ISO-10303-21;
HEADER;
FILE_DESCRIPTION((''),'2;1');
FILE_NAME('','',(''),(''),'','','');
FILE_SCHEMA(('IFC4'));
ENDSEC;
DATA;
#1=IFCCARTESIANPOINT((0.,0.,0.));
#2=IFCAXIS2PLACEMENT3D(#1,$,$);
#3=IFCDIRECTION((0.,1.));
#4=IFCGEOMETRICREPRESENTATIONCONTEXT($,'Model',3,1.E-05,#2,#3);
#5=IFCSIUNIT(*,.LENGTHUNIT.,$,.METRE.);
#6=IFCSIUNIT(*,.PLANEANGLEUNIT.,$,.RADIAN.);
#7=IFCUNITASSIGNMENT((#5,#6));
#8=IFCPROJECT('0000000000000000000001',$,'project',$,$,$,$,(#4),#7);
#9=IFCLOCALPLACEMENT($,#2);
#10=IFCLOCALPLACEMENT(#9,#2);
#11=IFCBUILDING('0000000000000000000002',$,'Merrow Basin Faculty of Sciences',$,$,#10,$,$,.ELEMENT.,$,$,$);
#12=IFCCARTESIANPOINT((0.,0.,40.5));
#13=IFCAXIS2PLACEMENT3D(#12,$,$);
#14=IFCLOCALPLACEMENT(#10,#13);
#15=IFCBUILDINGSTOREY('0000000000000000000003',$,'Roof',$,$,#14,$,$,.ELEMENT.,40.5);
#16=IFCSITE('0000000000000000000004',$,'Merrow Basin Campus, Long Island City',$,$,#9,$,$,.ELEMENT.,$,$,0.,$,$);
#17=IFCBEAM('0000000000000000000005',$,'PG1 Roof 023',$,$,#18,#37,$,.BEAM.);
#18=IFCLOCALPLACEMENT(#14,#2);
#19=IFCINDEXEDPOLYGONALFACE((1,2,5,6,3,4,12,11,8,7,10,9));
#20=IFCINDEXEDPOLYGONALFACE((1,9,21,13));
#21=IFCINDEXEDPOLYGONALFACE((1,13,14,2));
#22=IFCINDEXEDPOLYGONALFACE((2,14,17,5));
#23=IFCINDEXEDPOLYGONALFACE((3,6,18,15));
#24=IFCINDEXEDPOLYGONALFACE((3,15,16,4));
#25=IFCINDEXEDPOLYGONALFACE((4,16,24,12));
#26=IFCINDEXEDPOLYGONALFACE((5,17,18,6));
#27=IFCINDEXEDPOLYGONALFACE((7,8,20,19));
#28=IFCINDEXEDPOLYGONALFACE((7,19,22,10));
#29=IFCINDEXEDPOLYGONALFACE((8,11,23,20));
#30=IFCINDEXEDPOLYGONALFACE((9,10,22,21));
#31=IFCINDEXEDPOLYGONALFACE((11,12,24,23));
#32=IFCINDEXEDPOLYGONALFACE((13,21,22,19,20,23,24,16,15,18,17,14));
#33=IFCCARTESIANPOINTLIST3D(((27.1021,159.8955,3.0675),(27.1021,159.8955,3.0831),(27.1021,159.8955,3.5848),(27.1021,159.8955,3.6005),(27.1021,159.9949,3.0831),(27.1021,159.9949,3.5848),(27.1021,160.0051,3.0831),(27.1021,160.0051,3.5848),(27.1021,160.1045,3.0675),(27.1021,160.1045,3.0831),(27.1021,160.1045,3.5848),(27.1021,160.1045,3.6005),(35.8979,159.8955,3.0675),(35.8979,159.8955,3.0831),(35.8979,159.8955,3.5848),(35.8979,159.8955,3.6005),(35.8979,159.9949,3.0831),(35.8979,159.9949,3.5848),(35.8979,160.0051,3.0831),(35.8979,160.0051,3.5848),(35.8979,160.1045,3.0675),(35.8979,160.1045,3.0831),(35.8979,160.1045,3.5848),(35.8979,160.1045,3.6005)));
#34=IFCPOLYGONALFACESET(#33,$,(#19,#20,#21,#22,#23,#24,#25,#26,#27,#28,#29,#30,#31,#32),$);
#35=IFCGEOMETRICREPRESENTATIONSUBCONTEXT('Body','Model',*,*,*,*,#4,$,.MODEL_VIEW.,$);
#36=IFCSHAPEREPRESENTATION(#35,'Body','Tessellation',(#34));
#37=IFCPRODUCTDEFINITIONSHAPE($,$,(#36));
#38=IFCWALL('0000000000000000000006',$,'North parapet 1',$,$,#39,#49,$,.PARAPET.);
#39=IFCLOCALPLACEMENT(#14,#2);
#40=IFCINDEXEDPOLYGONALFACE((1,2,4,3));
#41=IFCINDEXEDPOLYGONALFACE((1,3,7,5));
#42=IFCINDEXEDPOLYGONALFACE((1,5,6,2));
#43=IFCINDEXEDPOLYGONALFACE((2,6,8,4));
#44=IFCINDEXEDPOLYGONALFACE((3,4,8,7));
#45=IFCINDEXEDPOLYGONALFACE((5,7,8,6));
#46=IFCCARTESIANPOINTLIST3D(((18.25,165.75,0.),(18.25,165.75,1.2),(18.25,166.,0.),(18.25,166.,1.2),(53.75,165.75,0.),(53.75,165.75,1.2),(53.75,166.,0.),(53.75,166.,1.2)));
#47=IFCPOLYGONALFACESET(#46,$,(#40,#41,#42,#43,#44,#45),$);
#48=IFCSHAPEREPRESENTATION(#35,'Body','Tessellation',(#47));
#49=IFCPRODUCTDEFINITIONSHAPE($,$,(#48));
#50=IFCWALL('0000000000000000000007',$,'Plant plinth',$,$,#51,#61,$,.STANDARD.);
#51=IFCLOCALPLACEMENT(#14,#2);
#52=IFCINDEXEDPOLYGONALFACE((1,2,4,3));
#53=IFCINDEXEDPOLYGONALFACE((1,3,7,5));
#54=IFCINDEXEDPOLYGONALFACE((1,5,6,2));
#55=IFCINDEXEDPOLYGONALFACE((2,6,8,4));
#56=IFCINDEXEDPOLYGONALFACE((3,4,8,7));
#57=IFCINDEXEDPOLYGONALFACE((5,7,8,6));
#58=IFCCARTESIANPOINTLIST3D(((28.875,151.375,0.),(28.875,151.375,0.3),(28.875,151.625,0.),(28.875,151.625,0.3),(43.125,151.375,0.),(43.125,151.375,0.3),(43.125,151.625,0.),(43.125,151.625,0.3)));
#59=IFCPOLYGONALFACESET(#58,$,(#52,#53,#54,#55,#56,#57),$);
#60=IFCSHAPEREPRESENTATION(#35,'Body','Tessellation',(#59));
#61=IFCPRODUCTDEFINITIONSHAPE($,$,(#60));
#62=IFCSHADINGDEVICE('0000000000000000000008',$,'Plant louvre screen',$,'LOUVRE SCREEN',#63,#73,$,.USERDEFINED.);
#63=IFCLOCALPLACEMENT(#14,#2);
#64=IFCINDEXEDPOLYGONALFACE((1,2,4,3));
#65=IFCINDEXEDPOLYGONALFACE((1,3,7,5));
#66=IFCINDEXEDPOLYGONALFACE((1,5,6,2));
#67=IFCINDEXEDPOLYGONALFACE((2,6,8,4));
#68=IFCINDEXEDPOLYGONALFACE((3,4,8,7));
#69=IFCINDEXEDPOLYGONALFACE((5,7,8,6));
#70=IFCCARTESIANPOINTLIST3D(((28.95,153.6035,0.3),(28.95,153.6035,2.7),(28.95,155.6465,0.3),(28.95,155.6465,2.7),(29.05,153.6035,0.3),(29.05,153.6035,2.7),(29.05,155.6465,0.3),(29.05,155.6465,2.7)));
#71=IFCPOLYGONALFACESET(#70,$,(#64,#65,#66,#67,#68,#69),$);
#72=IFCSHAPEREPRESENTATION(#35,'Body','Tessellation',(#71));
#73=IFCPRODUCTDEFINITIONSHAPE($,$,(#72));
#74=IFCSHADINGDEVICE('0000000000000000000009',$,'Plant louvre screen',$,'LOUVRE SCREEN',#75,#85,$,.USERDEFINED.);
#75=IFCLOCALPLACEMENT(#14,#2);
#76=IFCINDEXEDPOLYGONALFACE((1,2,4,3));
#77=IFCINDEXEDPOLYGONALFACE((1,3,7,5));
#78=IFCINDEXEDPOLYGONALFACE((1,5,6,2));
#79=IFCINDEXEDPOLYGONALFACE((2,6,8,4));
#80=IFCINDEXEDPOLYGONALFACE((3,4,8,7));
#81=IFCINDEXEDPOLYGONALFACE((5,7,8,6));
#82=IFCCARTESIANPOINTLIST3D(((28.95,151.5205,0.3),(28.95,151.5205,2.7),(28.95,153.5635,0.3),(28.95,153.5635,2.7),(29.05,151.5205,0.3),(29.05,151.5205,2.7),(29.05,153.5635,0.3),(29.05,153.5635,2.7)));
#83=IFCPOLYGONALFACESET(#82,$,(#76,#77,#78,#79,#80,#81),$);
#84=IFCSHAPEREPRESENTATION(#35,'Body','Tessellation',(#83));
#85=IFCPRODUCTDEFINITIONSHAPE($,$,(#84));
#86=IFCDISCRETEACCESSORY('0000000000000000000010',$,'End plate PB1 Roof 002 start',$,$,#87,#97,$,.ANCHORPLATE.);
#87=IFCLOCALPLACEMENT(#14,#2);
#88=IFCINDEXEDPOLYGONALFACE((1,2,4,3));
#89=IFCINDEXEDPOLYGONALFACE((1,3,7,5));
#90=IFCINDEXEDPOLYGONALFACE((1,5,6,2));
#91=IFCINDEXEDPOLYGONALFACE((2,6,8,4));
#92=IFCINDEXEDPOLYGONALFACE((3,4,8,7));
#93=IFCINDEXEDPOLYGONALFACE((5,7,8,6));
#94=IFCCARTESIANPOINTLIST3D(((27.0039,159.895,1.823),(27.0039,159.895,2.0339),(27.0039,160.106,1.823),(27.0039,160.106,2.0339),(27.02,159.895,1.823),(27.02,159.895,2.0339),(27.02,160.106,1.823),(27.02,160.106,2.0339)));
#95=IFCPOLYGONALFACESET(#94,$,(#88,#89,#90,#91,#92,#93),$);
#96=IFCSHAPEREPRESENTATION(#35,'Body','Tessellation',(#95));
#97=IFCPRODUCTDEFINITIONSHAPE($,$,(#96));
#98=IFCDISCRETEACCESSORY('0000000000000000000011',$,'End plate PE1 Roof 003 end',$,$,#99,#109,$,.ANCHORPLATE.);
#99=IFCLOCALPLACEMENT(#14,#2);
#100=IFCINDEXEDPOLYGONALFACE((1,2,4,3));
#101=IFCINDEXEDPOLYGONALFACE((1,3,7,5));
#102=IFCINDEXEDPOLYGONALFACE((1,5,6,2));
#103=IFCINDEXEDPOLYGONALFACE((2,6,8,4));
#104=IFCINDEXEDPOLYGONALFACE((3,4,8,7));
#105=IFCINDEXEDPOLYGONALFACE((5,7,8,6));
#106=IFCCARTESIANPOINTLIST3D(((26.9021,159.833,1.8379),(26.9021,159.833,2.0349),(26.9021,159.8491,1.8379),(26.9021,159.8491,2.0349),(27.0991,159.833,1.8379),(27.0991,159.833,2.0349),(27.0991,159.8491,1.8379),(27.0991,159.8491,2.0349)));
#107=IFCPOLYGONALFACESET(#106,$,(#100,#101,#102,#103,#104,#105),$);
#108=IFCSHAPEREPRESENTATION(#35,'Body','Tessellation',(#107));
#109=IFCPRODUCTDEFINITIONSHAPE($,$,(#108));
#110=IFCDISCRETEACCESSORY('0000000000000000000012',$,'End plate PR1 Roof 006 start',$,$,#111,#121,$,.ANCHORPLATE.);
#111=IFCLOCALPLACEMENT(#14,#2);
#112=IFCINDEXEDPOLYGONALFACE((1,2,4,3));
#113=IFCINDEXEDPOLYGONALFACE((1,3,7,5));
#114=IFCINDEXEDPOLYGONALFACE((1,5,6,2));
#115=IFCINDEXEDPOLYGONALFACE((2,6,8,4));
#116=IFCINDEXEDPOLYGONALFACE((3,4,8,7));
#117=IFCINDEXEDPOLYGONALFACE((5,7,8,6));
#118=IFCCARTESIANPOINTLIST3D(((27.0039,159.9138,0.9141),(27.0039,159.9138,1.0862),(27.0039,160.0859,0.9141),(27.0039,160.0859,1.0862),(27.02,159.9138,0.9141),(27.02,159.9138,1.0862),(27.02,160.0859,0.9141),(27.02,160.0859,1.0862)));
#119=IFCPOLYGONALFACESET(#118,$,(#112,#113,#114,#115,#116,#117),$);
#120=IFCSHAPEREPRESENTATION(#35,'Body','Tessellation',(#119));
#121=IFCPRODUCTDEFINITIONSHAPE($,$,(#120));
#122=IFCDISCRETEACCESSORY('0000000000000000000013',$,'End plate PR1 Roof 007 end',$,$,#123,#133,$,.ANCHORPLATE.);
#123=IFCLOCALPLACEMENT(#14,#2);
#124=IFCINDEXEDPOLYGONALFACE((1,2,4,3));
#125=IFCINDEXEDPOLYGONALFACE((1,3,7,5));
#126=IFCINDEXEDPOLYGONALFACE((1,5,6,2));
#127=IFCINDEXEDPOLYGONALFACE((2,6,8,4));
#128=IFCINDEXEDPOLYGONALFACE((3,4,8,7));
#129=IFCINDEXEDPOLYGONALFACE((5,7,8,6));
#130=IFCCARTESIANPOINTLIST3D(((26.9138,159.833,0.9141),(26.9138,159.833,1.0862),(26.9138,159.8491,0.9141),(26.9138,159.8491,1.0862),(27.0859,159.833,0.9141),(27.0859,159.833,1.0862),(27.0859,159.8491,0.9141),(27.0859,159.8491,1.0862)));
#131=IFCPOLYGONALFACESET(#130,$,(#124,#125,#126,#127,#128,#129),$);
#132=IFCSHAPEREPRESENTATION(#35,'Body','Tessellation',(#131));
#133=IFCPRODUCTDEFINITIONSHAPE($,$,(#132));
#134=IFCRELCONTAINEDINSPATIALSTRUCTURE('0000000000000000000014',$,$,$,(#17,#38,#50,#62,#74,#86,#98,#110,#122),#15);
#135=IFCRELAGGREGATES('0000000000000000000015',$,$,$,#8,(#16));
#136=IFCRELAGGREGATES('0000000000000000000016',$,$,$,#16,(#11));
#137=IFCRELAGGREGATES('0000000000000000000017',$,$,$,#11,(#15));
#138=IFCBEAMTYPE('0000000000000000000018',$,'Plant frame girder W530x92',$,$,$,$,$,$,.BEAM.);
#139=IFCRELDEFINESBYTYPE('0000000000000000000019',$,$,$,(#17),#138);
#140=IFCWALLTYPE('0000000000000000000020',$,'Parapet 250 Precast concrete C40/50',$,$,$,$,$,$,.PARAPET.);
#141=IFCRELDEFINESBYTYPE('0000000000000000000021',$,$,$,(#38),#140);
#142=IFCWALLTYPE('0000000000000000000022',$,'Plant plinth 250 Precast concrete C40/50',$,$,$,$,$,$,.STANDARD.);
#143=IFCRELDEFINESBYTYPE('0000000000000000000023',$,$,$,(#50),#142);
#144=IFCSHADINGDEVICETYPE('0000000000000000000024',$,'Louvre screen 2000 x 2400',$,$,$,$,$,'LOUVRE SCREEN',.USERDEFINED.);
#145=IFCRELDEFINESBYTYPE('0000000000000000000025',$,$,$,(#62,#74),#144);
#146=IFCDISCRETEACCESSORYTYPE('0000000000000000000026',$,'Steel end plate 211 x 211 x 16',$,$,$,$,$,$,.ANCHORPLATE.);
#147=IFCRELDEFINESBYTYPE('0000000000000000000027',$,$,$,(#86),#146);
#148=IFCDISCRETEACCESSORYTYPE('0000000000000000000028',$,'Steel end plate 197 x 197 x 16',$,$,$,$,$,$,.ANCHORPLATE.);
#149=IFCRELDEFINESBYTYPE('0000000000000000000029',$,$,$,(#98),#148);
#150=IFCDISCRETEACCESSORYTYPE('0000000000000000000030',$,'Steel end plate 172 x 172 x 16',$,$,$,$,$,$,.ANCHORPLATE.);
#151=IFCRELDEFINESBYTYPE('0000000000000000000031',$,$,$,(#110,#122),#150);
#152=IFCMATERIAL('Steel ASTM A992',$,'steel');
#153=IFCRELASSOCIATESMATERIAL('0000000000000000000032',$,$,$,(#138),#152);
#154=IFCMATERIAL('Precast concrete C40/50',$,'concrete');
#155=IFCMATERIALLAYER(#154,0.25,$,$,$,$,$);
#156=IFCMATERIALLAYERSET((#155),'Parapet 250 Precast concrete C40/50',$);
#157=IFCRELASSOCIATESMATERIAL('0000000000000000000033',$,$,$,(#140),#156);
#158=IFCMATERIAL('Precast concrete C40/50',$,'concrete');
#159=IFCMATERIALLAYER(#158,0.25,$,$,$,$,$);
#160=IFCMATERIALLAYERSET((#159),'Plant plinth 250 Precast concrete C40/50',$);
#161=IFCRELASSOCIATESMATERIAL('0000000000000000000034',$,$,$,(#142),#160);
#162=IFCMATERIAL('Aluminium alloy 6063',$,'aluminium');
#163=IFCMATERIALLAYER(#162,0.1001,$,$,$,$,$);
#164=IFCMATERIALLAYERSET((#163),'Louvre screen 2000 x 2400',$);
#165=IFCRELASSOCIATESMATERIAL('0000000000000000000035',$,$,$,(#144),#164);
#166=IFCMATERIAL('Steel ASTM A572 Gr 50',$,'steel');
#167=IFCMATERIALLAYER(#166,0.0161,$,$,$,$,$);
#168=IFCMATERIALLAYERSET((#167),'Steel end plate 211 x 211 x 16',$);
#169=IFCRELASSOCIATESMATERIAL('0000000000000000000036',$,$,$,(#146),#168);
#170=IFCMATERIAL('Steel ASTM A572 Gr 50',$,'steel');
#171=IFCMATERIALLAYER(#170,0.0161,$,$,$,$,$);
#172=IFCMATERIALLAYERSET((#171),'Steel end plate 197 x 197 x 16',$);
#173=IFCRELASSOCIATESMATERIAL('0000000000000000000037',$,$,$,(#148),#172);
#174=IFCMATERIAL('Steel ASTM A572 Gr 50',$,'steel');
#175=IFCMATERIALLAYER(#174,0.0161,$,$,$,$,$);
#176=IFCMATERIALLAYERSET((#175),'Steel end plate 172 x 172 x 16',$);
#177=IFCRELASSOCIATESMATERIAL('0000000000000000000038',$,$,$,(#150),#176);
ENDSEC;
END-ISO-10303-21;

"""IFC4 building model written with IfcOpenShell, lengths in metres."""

from ifc_helpers import new_model, si_unit, direction, frame, frame_2d, origin, origin_2d, place, context, subcontext, project, spatial, polyline, rectangle, i_section, outline, extrude, source, transform, mapped, material, layer, layer_set, material_profile, profile_set, type_object, element, save


model = new_model("IFC4")

# Units and contexts
model_context = context("Model", 3, precision=1e-05, world=origin(), true_north=direction((0.0, 1.0)))
body_context = subcontext(model_context, "Body", "Model", "MODEL_VIEW")
ifc_project = project(units=[si_unit("LENGTHUNIT", "METRE"), si_unit("PLANEANGLEUNIT", "RADIAN")], contexts=[model_context])

# Site, building, storey
site_placement = place(None, origin())
site = spatial("IfcSite", under=ifc_project, at=site_placement, Name="Merrow Basin Campus, Long Island City", CompositionType="ELEMENT", RefElevation=0.0)
building_placement = place(site_placement, origin())
building = spatial("IfcBuilding", under=site, at=building_placement, Name="Merrow Basin Faculty of Sciences", CompositionType="ELEMENT")
storey_placement = place(building_placement, frame((0.0, 0.0, 40.5)))
storey = spatial("IfcBuildingStorey", under=building, at=storey_placement, Name="Roof", CompositionType="ELEMENT", Elevation=40.5)

# Beam
ifc_material_1 = material(Name="Steel ASTM A992", Category="steel")
ifc_material_profile_1 = material_profile(ifc_material_1, i_section(OverallWidth=0.209, OverallDepth=0.533, WebThickness=0.0103, FlangeThickness=0.0156, at=origin_2d()))
ifc_profile_set_1 = profile_set([ifc_material_profile_1], Name="Steel ASTM A992")
beam_type_1 = type_object("IfcBeamType", Name="Plant frame girder W530x92", PredefinedType="BEAM", material=ifc_profile_set_1)
beam_1_placement = place(storey_placement, frame((27.1021, 160.0, 3.334), z_axis=(1.0, 0.0, 0.0), x_axis=(0.0, 1.0, 0.0)))
element("IfcBeam", 1, at=beam_1_placement, inside=storey, type_object=beam_type_1, Name="PG1 Roof 023", PredefinedType="BEAM", context=body_context, shape_type="SweptSolid", body=[
    extrude(i_section(OverallWidth=0.209, OverallDepth=0.533, WebThickness=0.0103, FlangeThickness=0.0156, at=origin_2d()), origin(), (0.0, 0.0, 1.0), 8.7959),
])

# Walls
ifc_material_2 = material(Name="Precast concrete C40/50", Category="concrete")
ifc_layer_1 = layer(ifc_material_2, 0.25)
ifc_layer_set_1 = layer_set([ifc_layer_1], Name="Parapet 250 Precast concrete C40/50")
wall_type_1 = type_object("IfcWallType", Name="Parapet 250 Precast concrete C40/50", PredefinedType="PARAPET", material=ifc_layer_set_1)
wall_1_placement = place(storey_placement, frame((18.25, 165.875, 0.0), z_axis=(0.0, 0.0, 1.0), x_axis=(1.0, 0.0, 0.0)))
element("IfcWall", 2, at=wall_1_placement, inside=storey, type_object=wall_type_1, Name="North parapet 1", PredefinedType="PARAPET", context=body_context, shape_type="SweptSolid", body=[
    extrude(rectangle(XDim=35.5, YDim=0.25, at=frame_2d((17.75, 0.0))), origin(), (0.0, 0.0, 1.0), 1.2),
])
ifc_material_3 = material(Name="Precast concrete C40/50", Category="concrete")
ifc_layer_2 = layer(ifc_material_3, 0.25)
ifc_layer_set_2 = layer_set([ifc_layer_2], Name="Plant plinth 250 Precast concrete C40/50")
wall_type_2 = type_object("IfcWallType", Name="Plant plinth 250 Precast concrete C40/50", PredefinedType="STANDARD", material=ifc_layer_set_2)
wall_2_placement = place(storey_placement, frame((28.875, 151.5, 0.0), z_axis=(0.0, 0.0, 1.0), x_axis=(1.0, 0.0, 0.0)))
element("IfcWall", 3, at=wall_2_placement, inside=storey, type_object=wall_type_2, Name="Plant plinth", PredefinedType="STANDARD", context=body_context, shape_type="SweptSolid", body=[
    extrude(rectangle(XDim=14.25, YDim=0.25, at=frame_2d((7.125, 0.0))), origin(), (0.0, 0.0, 1.0), 0.3),
])

# Shading devices
ifc_material_4 = material(Name="Aluminium alloy 6063", Category="aluminium")
ifc_layer_3 = layer(ifc_material_4, 0.1001)
ifc_layer_set_3 = layer_set([ifc_layer_3], Name="Louvre screen 2000 x 2400")
shading_device_type = type_object("IfcShadingDeviceType", Name="Louvre screen 2000 x 2400", ElementType="LOUVRE SCREEN", PredefinedType="USERDEFINED", material=ifc_layer_set_3)
for number, where, z_axis, x_axis, name in (
    (4, (29.0, 154.625, 0.3), (0.0, 0.0, 1.0), (0.0, 1.0, 0.0), "Plant louvre screen"),
    (5, (29.0, 152.542, 0.3), (0.0, 0.0, 1.0), (0.0, 1.0, 0.0), "Plant louvre screen"),
):
    element("IfcShadingDevice", number, at=place(storey_placement, frame(where, z_axis=z_axis, x_axis=x_axis)), inside=storey, type_object=shading_device_type, Name=name, ObjectType="LOUVRE SCREEN", PredefinedType="USERDEFINED", context=body_context, shape_type="SweptSolid", body=[
        extrude(rectangle(XDim=2.043, YDim=0.1001, at=origin_2d()), origin(), (0.0, 0.0, 1.0), 2.3999),
    ])

# Discrete accessories
ifc_material_5 = material(Name="Steel ASTM A572 Gr 50", Category="steel")
ifc_layer_4 = layer(ifc_material_5, 0.0161)
ifc_layer_set_4 = layer_set([ifc_layer_4], Name="Steel end plate 211 x 211 x 16")
discrete_accessory_type_1 = type_object("IfcDiscreteAccessoryType", Name="Steel end plate 211 x 211 x 16", PredefinedType="ANCHORPLATE", material=ifc_layer_set_4)
shared_shape_1 = source(origin(), body_context, "Body", "SweptSolid", [
    extrude(outline(polyline([(0.0, 0.0), (0.2109, 0.0), (0.2109, 0.2109), (0.0, 0.2109), (0.0, 0.0)])), origin(), (0.0, 0.0, 1.0), 0.0161),
])
discrete_accessory_1_placement = place(storey_placement, frame((27.02, 160.106, 1.823), z_axis=(-1.0, 0.0, 0.0), x_axis=(0.0, -1.0, 0.0)))
element("IfcDiscreteAccessory", 6, at=discrete_accessory_1_placement, inside=storey, type_object=discrete_accessory_type_1, Name="End plate PB1 Roof 002 start", PredefinedType="ANCHORPLATE", context=body_context, shape_type="MappedRepresentation", body=[
    mapped(shared_shape_1, transform((0.0, 0.0, 0.0), scale=1.0)),
])
ifc_material_6 = material(Name="Steel ASTM A572 Gr 50", Category="steel")
ifc_layer_5 = layer(ifc_material_6, 0.0161)
ifc_layer_set_5 = layer_set([ifc_layer_5], Name="Steel end plate 197 x 197 x 16")
discrete_accessory_type_2 = type_object("IfcDiscreteAccessoryType", Name="Steel end plate 197 x 197 x 16", PredefinedType="ANCHORPLATE", material=ifc_layer_set_5)
shared_shape_2 = source(origin(), body_context, "Body", "SweptSolid", [
    extrude(outline(polyline([(0.0, 0.0), (0.197, 0.0), (0.197, 0.197), (0.0, 0.197), (0.0, 0.0)])), origin(), (0.0, 0.0, 1.0), 0.0161),
])
discrete_accessory_2_placement = place(storey_placement, frame((27.0991, 159.833, 1.8379), z_axis=(0.0, 1.0, 0.0), x_axis=(-1.0, 0.0, 0.0)))
element("IfcDiscreteAccessory", 7, at=discrete_accessory_2_placement, inside=storey, type_object=discrete_accessory_type_2, Name="End plate PE1 Roof 003 end", PredefinedType="ANCHORPLATE", context=body_context, shape_type="MappedRepresentation", body=[
    mapped(shared_shape_2, transform((0.0, 0.0, 0.0), scale=1.0)),
])
ifc_material_7 = material(Name="Steel ASTM A572 Gr 50", Category="steel")
ifc_layer_6 = layer(ifc_material_7, 0.0161)
ifc_layer_set_6 = layer_set([ifc_layer_6], Name="Steel end plate 172 x 172 x 16")
discrete_accessory_type_3 = type_object("IfcDiscreteAccessoryType", Name="Steel end plate 172 x 172 x 16", PredefinedType="ANCHORPLATE", material=ifc_layer_set_6)
shared_shape_3 = source(origin(), body_context, "Body", "SweptSolid", [
    extrude(outline(polyline([(0.0, 0.0), (0.1721, 0.0), (0.1721, 0.1721), (0.0, 0.1721), (0.0, 0.0)])), origin(), (0.0, 0.0, 1.0), 0.0161),
])
for number, where, z_axis, x_axis, name in (
    (8, (27.02, 160.0859, 0.9141), (-1.0, 0.0, 0.0), (0.0, -1.0, 0.0), "End plate PR1 Roof 006 start"),
    (9, (27.0859, 159.833, 0.9141), (0.0, 1.0, 0.0), (-1.0, 0.0, 0.0), "End plate PR1 Roof 007 end"),
):
    element("IfcDiscreteAccessory", number, at=place(storey_placement, frame(where, z_axis=z_axis, x_axis=x_axis)), inside=storey, type_object=discrete_accessory_type_3, Name=name, PredefinedType="ANCHORPLATE", context=body_context, shape_type="MappedRepresentation", body=[
        mapped(shared_shape_3, transform((0.0, 0.0, 0.0), scale=1.0)),
    ])

save(model, "model.ifc")
